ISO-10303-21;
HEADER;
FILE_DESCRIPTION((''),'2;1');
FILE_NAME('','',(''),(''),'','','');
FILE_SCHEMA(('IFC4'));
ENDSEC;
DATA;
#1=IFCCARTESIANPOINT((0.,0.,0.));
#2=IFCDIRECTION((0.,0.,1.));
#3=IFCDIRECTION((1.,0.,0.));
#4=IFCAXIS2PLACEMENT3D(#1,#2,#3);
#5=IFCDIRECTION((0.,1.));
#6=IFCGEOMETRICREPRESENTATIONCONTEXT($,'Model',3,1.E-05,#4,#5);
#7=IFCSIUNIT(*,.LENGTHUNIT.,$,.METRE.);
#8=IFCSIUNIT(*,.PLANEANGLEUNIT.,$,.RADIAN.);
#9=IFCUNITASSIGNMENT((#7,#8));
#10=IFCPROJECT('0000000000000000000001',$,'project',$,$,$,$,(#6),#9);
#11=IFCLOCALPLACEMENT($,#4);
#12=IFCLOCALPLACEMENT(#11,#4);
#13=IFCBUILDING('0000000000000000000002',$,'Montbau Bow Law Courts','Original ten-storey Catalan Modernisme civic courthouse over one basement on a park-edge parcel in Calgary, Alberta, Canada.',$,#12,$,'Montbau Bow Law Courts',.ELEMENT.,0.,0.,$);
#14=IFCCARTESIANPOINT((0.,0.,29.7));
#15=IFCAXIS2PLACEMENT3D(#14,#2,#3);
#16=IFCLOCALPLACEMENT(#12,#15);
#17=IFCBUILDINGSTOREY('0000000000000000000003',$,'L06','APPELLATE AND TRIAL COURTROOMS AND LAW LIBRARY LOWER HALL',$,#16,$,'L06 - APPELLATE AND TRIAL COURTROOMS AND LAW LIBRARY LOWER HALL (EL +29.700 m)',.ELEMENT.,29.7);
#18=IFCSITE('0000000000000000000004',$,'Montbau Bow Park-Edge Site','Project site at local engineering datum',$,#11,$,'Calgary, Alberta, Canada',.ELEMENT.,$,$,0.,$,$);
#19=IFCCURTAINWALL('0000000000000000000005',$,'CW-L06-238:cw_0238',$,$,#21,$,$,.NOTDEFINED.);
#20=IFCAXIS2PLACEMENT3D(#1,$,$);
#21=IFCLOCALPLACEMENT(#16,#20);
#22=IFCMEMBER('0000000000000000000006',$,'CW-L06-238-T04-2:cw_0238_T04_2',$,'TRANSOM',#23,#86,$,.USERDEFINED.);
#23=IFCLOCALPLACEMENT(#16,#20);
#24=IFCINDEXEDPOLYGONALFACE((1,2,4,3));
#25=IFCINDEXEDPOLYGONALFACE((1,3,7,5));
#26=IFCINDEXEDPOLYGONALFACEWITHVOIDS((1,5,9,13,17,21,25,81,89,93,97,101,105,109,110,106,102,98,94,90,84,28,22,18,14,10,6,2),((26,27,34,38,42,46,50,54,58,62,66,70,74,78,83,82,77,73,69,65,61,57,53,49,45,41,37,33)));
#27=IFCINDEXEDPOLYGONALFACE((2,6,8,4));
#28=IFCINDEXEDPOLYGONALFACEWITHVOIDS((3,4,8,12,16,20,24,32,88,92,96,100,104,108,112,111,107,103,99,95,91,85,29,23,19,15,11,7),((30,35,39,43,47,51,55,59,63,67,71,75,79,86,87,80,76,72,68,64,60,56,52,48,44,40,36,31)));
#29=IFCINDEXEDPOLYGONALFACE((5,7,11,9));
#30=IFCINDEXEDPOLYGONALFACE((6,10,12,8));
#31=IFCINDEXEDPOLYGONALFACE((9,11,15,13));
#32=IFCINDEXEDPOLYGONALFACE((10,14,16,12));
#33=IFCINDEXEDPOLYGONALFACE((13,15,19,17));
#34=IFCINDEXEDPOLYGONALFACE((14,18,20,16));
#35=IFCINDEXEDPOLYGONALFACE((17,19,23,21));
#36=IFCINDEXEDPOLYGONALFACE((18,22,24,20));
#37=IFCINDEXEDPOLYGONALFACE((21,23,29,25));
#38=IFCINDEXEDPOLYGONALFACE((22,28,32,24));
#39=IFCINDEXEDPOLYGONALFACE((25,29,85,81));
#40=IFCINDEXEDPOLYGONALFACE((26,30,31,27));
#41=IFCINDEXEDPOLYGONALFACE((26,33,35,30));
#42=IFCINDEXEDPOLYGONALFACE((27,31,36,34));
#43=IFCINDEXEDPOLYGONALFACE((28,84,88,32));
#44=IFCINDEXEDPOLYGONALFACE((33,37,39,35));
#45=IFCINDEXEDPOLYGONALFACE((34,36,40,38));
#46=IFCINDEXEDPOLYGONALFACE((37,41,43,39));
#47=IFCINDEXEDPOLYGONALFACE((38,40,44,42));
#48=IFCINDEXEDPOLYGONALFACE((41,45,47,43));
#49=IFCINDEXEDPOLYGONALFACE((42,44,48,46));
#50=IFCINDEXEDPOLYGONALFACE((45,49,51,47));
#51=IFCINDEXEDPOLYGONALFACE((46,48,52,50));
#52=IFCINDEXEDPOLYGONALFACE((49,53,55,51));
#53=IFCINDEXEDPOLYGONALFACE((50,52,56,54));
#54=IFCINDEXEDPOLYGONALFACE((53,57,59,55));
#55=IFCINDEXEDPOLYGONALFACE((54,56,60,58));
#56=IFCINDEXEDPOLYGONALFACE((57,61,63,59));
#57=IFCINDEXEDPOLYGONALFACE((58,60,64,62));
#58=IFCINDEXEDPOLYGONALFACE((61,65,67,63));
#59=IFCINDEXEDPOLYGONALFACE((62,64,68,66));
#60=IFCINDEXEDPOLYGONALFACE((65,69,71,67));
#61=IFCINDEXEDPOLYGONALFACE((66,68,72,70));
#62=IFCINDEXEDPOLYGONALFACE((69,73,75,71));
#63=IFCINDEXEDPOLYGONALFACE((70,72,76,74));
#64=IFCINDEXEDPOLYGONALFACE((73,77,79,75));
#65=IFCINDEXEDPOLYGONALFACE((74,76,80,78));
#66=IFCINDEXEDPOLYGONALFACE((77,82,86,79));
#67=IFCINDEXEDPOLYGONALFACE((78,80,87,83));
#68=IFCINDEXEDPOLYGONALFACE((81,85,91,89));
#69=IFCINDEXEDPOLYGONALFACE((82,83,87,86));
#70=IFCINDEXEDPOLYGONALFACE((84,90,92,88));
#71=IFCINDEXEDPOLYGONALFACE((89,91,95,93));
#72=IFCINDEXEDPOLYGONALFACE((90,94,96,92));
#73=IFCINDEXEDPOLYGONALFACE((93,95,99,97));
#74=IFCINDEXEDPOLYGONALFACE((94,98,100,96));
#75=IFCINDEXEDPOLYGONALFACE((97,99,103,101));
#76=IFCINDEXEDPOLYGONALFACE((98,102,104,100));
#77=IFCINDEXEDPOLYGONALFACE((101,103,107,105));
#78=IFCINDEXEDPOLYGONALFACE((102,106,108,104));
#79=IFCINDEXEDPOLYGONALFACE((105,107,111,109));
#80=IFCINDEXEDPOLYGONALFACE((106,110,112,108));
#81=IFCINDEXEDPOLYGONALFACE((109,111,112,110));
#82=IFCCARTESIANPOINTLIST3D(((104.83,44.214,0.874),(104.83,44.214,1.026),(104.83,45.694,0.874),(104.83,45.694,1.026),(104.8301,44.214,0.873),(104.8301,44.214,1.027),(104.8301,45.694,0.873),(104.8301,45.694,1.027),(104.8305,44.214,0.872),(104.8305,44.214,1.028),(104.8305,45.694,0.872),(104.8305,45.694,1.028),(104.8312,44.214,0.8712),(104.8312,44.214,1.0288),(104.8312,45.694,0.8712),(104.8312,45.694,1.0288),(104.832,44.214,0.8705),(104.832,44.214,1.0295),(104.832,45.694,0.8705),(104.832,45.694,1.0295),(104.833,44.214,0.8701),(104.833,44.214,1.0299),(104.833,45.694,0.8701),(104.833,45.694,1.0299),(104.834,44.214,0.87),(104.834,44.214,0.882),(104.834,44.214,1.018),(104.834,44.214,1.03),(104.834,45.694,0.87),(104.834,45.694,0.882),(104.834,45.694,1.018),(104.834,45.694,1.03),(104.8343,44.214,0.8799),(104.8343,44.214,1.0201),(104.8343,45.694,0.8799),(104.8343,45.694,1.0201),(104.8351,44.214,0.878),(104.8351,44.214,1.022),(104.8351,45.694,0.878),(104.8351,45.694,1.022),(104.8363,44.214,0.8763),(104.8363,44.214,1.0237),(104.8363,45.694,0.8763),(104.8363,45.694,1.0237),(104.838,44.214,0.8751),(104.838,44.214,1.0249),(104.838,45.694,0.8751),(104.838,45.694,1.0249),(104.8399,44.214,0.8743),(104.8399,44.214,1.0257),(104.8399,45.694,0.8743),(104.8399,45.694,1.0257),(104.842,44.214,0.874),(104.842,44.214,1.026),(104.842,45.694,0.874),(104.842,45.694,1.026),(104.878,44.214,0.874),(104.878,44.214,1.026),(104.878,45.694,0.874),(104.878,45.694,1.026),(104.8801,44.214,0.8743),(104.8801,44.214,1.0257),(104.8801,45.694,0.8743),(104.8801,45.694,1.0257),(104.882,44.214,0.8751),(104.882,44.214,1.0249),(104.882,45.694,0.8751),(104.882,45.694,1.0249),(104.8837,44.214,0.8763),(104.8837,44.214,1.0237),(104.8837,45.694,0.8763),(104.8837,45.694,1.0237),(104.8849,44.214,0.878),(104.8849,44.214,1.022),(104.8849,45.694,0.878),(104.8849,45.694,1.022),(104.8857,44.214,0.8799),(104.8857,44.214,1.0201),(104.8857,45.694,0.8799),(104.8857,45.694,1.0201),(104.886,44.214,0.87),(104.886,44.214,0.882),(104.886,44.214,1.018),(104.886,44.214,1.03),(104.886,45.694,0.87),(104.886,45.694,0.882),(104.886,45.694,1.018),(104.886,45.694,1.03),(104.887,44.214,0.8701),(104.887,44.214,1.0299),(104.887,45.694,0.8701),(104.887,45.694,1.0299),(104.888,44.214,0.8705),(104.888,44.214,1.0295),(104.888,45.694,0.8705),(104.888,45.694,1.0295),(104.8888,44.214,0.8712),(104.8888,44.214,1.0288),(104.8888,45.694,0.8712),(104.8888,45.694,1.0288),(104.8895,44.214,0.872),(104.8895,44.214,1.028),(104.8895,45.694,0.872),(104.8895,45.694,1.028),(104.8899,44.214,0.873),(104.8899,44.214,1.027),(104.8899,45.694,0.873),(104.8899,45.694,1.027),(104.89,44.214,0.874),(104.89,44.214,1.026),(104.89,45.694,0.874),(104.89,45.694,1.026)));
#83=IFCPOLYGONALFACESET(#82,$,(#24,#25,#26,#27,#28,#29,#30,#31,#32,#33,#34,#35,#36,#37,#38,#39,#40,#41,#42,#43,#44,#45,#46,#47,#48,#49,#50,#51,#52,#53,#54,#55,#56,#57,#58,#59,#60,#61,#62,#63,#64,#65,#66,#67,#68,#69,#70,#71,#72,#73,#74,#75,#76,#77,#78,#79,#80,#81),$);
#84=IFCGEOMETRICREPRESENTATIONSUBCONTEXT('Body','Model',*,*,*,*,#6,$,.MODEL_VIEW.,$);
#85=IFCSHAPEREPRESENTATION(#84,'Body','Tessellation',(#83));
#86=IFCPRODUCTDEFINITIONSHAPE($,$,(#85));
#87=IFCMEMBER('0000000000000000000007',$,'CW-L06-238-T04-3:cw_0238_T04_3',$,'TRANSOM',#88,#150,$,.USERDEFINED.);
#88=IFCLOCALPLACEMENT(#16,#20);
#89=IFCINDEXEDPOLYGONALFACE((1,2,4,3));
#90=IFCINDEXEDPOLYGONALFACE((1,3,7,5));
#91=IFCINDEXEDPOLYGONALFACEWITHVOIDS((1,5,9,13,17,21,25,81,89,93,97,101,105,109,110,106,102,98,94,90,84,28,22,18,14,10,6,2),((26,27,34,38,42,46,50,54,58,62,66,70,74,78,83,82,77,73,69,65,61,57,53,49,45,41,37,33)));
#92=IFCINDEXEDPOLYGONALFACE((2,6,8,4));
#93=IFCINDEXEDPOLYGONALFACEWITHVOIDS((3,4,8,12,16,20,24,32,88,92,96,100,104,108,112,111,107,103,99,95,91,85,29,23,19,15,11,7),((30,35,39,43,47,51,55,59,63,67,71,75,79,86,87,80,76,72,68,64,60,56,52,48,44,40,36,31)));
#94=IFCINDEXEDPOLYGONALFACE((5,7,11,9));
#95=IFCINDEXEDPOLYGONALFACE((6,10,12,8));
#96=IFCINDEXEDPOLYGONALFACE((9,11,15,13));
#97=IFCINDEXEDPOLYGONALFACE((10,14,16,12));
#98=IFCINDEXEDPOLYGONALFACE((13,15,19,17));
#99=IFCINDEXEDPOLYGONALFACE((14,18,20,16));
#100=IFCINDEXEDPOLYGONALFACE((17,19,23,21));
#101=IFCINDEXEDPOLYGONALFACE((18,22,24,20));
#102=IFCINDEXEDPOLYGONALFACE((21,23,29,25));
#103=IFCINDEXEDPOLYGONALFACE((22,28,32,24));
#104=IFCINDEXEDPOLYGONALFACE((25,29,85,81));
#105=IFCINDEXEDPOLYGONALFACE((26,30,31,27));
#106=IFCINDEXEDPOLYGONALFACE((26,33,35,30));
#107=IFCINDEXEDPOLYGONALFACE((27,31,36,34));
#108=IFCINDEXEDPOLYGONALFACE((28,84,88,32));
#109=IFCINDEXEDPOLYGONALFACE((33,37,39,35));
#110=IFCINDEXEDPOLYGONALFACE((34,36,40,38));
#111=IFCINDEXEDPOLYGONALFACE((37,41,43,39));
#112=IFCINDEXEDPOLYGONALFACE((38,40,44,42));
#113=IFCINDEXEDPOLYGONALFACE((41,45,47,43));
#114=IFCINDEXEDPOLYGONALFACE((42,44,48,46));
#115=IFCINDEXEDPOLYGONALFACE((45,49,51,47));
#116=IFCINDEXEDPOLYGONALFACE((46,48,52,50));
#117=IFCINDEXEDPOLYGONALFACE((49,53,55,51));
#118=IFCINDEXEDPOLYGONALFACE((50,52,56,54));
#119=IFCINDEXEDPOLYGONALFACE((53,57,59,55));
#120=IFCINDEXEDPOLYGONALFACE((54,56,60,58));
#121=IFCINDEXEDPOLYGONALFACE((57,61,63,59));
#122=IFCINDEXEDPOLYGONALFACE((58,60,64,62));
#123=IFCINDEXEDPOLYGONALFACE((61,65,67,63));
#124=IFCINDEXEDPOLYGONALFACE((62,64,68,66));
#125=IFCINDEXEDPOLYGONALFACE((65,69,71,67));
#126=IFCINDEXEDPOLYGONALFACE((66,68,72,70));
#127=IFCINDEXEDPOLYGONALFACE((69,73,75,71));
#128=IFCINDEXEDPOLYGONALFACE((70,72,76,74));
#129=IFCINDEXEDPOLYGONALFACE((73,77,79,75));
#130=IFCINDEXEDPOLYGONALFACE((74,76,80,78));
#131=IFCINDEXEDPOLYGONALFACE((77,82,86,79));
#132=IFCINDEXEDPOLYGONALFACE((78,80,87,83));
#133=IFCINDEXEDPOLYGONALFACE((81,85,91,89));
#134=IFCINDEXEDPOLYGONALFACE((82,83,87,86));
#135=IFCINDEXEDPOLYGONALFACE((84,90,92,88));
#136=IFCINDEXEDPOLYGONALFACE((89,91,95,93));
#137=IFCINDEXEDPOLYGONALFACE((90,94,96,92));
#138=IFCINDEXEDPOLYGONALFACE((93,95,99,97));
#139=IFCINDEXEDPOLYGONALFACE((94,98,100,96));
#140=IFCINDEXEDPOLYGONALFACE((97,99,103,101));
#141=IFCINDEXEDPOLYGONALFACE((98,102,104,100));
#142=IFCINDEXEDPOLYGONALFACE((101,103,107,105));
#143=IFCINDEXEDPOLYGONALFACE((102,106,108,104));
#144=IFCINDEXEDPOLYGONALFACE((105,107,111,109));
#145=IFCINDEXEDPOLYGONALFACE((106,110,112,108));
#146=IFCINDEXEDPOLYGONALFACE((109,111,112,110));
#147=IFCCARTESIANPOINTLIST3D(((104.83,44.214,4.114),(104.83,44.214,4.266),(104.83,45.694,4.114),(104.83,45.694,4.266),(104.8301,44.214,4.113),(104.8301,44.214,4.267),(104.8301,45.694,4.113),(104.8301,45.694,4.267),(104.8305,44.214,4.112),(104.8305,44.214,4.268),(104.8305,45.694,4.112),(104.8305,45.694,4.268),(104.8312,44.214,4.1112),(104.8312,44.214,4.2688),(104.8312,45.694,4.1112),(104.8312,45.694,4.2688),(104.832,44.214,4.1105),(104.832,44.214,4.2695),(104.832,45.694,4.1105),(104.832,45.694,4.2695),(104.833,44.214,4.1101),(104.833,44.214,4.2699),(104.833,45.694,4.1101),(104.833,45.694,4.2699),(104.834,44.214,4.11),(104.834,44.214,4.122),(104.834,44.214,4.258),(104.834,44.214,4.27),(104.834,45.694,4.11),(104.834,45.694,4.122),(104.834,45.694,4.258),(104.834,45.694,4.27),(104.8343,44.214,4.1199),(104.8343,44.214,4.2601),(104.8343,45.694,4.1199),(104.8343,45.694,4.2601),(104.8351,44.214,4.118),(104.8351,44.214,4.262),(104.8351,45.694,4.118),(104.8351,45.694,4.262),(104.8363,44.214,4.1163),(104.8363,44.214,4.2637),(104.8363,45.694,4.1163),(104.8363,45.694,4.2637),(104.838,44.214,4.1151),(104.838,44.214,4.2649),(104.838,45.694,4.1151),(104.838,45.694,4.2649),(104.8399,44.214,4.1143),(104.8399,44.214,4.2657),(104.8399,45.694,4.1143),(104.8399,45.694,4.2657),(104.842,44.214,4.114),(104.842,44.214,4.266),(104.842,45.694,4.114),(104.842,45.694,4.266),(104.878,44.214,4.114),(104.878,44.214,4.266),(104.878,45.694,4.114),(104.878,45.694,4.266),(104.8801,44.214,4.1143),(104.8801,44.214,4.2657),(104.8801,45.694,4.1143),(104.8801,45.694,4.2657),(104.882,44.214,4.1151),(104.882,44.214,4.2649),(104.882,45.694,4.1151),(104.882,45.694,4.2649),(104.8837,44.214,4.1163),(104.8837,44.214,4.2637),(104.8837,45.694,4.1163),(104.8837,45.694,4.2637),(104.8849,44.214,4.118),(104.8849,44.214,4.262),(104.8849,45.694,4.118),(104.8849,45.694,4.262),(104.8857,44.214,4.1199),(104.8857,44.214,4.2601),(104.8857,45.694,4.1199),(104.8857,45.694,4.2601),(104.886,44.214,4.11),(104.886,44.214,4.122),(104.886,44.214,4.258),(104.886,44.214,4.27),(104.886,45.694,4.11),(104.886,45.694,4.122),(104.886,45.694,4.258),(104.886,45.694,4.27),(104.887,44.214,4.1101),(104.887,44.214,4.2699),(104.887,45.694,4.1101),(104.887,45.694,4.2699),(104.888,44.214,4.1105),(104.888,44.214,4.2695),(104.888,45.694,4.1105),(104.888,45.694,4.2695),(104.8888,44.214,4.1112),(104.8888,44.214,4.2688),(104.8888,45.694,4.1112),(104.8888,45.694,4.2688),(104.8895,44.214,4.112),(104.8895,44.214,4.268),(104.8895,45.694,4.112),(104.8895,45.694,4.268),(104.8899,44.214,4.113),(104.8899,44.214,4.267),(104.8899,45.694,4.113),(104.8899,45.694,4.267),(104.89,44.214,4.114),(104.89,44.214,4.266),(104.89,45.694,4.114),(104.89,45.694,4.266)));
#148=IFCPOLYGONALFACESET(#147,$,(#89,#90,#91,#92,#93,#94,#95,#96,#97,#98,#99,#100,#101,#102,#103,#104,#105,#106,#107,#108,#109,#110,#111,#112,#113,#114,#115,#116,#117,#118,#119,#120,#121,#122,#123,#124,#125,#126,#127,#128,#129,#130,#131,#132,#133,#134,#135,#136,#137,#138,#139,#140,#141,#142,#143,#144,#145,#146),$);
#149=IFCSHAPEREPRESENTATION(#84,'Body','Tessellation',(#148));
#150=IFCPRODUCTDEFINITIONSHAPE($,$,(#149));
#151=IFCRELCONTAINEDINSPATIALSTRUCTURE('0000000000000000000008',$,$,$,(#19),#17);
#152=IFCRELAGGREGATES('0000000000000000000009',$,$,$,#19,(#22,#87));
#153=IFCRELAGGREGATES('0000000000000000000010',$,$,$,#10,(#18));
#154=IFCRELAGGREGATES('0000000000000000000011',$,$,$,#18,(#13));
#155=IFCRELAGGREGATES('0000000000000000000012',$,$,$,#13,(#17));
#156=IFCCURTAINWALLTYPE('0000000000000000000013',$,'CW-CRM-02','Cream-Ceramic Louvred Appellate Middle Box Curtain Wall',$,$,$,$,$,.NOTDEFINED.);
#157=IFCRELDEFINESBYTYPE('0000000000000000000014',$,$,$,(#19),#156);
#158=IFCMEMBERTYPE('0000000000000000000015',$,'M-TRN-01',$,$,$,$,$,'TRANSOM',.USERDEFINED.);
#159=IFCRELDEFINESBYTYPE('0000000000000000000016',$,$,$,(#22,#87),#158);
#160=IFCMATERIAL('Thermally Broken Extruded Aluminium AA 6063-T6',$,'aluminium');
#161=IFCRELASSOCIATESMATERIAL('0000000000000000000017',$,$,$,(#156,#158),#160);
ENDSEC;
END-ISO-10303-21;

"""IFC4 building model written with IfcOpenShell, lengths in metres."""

from ifc_helpers import new_model, si_unit, direction, frame, origin_with_axes, origin_2d_with_axis, place, context, subcontext, project, spatial, hollow_rectangle, extrude, material, material_profile, profile_set, type_object, element, aggregate, save


model = new_model("IFC4")

# Units and contexts
model_context = context("Model", 3, precision=1e-05, world=origin_with_axes(), true_north=direction((0.0, 1.0)))
body_context = subcontext(model_context, "Body", "Model", "MODEL_VIEW")
ifc_project = project(units=[si_unit("LENGTHUNIT", "METRE"), si_unit("PLANEANGLEUNIT", "RADIAN")], contexts=[model_context])

# Site, building, storey
site_placement = place(None, origin_with_axes())
site = spatial("IfcSite", under=ifc_project, at=site_placement, Name="Montbau Bow Park-Edge Site", Description="Project site at local engineering datum", LongName="Calgary, Alberta, Canada", CompositionType="ELEMENT", RefElevation=0.0)
building_placement = place(site_placement, origin_with_axes())
building = spatial("IfcBuilding", under=site, at=building_placement, Name="Montbau Bow Law Courts", Description="Original ten-storey Catalan Modernisme civic courthouse over one basement on a park-edge parcel in Calgary, Alberta, Canada.", LongName="Montbau Bow Law Courts", CompositionType="ELEMENT", ElevationOfRefHeight=0.0, ElevationOfTerrain=0.0)
storey_placement = place(building_placement, frame((0.0, 0.0, 29.7), z_axis=(0.0, 0.0, 1.0), x_axis=(1.0, 0.0, 0.0)))
storey = spatial("IfcBuildingStorey", under=building, at=storey_placement, Name="L06", Description="APPELLATE AND TRIAL COURTROOMS AND LAW LIBRARY LOWER HALL", LongName="L06 - APPELLATE AND TRIAL COURTROOMS AND LAW LIBRARY LOWER HALL (EL +29.700 m)", CompositionType="ELEMENT", Elevation=29.7)

# Curtain wall
ifc_material_1 = material(Name="Thermally Broken Extruded Aluminium AA 6063-T6", Category="aluminium")
curtain_wall_type = type_object("IfcCurtainWallType", Name="CW-CRM-02", Description="Cream-Ceramic Louvred Appellate Middle Box Curtain Wall", PredefinedType="NOTDEFINED", material=ifc_material_1)
curtain_wall_1_placement = place(None, frame((104.86, 39.44, 29.7), z_axis=(0.0, 0.0, 1.0), x_axis=(1.0, 0.0, 0.0)))
curtain_wall_1 = element("IfcCurtainWall", 1, at=curtain_wall_1_placement, inside=storey, type_object=curtain_wall_type, Name="CW-L06-238:cw_0238", PredefinedType="NOTDEFINED")

# Members
ifc_material_profile_1 = material_profile(ifc_material_1, hollow_rectangle(XDim=0.06, YDim=0.16, WallThickness=0.004, InnerFilletRadius=0.008, OuterFilletRadius=0.004, at=origin_2d_with_axis()), Name="CWT-160X60", Category="Main", Priority=0)
ifc_profile_set_1 = profile_set([ifc_material_profile_1], Name="Thermally Broken Extruded Aluminium AA 6063-T6")
member_type_1 = type_object("IfcMemberType", Name="M-TRN-01", ElementType="TRANSOM", PredefinedType="USERDEFINED", material=ifc_profile_set_1)
member_1_placement = place(None, frame((104.86, 44.214, 30.65), z_axis=(0.0, 1.0, 0.0), x_axis=(-1.0, 0.0, 0.0)))
member_1 = element("IfcMember", 2, at=member_1_placement, type_object=member_type_1, Name="CW-L06-238-T04-2:cw_0238_T04_2", ObjectType="TRANSOM", PredefinedType="USERDEFINED", context=body_context, shape_type="SweptSolid", body=[
    extrude(hollow_rectangle(XDim=0.06, YDim=0.16, WallThickness=0.004, InnerFilletRadius=0.008, OuterFilletRadius=0.004, at=origin_2d_with_axis()), origin_with_axes(), (0.0, 0.0, 1.0), 1.48),
])
member_2_placement = place(None, frame((104.86, 44.214, 33.89), z_axis=(0.0, 1.0, 0.0), x_axis=(-1.0, 0.0, 0.0)))
member_2 = element("IfcMember", 3, at=member_2_placement, type_object=member_type_1, Name="CW-L06-238-T04-3:cw_0238_T04_3", ObjectType="TRANSOM", PredefinedType="USERDEFINED", context=body_context, shape_type="SweptSolid", body=[
    extrude(hollow_rectangle(XDim=0.06, YDim=0.16, WallThickness=0.004, InnerFilletRadius=0.008, OuterFilletRadius=0.004, at=origin_2d_with_axis()), origin_with_axes(), (0.0, 0.0, 1.0), 1.48),
])
aggregate(curtain_wall_1, [member_1, member_2])

save(model, "model.ifc")
